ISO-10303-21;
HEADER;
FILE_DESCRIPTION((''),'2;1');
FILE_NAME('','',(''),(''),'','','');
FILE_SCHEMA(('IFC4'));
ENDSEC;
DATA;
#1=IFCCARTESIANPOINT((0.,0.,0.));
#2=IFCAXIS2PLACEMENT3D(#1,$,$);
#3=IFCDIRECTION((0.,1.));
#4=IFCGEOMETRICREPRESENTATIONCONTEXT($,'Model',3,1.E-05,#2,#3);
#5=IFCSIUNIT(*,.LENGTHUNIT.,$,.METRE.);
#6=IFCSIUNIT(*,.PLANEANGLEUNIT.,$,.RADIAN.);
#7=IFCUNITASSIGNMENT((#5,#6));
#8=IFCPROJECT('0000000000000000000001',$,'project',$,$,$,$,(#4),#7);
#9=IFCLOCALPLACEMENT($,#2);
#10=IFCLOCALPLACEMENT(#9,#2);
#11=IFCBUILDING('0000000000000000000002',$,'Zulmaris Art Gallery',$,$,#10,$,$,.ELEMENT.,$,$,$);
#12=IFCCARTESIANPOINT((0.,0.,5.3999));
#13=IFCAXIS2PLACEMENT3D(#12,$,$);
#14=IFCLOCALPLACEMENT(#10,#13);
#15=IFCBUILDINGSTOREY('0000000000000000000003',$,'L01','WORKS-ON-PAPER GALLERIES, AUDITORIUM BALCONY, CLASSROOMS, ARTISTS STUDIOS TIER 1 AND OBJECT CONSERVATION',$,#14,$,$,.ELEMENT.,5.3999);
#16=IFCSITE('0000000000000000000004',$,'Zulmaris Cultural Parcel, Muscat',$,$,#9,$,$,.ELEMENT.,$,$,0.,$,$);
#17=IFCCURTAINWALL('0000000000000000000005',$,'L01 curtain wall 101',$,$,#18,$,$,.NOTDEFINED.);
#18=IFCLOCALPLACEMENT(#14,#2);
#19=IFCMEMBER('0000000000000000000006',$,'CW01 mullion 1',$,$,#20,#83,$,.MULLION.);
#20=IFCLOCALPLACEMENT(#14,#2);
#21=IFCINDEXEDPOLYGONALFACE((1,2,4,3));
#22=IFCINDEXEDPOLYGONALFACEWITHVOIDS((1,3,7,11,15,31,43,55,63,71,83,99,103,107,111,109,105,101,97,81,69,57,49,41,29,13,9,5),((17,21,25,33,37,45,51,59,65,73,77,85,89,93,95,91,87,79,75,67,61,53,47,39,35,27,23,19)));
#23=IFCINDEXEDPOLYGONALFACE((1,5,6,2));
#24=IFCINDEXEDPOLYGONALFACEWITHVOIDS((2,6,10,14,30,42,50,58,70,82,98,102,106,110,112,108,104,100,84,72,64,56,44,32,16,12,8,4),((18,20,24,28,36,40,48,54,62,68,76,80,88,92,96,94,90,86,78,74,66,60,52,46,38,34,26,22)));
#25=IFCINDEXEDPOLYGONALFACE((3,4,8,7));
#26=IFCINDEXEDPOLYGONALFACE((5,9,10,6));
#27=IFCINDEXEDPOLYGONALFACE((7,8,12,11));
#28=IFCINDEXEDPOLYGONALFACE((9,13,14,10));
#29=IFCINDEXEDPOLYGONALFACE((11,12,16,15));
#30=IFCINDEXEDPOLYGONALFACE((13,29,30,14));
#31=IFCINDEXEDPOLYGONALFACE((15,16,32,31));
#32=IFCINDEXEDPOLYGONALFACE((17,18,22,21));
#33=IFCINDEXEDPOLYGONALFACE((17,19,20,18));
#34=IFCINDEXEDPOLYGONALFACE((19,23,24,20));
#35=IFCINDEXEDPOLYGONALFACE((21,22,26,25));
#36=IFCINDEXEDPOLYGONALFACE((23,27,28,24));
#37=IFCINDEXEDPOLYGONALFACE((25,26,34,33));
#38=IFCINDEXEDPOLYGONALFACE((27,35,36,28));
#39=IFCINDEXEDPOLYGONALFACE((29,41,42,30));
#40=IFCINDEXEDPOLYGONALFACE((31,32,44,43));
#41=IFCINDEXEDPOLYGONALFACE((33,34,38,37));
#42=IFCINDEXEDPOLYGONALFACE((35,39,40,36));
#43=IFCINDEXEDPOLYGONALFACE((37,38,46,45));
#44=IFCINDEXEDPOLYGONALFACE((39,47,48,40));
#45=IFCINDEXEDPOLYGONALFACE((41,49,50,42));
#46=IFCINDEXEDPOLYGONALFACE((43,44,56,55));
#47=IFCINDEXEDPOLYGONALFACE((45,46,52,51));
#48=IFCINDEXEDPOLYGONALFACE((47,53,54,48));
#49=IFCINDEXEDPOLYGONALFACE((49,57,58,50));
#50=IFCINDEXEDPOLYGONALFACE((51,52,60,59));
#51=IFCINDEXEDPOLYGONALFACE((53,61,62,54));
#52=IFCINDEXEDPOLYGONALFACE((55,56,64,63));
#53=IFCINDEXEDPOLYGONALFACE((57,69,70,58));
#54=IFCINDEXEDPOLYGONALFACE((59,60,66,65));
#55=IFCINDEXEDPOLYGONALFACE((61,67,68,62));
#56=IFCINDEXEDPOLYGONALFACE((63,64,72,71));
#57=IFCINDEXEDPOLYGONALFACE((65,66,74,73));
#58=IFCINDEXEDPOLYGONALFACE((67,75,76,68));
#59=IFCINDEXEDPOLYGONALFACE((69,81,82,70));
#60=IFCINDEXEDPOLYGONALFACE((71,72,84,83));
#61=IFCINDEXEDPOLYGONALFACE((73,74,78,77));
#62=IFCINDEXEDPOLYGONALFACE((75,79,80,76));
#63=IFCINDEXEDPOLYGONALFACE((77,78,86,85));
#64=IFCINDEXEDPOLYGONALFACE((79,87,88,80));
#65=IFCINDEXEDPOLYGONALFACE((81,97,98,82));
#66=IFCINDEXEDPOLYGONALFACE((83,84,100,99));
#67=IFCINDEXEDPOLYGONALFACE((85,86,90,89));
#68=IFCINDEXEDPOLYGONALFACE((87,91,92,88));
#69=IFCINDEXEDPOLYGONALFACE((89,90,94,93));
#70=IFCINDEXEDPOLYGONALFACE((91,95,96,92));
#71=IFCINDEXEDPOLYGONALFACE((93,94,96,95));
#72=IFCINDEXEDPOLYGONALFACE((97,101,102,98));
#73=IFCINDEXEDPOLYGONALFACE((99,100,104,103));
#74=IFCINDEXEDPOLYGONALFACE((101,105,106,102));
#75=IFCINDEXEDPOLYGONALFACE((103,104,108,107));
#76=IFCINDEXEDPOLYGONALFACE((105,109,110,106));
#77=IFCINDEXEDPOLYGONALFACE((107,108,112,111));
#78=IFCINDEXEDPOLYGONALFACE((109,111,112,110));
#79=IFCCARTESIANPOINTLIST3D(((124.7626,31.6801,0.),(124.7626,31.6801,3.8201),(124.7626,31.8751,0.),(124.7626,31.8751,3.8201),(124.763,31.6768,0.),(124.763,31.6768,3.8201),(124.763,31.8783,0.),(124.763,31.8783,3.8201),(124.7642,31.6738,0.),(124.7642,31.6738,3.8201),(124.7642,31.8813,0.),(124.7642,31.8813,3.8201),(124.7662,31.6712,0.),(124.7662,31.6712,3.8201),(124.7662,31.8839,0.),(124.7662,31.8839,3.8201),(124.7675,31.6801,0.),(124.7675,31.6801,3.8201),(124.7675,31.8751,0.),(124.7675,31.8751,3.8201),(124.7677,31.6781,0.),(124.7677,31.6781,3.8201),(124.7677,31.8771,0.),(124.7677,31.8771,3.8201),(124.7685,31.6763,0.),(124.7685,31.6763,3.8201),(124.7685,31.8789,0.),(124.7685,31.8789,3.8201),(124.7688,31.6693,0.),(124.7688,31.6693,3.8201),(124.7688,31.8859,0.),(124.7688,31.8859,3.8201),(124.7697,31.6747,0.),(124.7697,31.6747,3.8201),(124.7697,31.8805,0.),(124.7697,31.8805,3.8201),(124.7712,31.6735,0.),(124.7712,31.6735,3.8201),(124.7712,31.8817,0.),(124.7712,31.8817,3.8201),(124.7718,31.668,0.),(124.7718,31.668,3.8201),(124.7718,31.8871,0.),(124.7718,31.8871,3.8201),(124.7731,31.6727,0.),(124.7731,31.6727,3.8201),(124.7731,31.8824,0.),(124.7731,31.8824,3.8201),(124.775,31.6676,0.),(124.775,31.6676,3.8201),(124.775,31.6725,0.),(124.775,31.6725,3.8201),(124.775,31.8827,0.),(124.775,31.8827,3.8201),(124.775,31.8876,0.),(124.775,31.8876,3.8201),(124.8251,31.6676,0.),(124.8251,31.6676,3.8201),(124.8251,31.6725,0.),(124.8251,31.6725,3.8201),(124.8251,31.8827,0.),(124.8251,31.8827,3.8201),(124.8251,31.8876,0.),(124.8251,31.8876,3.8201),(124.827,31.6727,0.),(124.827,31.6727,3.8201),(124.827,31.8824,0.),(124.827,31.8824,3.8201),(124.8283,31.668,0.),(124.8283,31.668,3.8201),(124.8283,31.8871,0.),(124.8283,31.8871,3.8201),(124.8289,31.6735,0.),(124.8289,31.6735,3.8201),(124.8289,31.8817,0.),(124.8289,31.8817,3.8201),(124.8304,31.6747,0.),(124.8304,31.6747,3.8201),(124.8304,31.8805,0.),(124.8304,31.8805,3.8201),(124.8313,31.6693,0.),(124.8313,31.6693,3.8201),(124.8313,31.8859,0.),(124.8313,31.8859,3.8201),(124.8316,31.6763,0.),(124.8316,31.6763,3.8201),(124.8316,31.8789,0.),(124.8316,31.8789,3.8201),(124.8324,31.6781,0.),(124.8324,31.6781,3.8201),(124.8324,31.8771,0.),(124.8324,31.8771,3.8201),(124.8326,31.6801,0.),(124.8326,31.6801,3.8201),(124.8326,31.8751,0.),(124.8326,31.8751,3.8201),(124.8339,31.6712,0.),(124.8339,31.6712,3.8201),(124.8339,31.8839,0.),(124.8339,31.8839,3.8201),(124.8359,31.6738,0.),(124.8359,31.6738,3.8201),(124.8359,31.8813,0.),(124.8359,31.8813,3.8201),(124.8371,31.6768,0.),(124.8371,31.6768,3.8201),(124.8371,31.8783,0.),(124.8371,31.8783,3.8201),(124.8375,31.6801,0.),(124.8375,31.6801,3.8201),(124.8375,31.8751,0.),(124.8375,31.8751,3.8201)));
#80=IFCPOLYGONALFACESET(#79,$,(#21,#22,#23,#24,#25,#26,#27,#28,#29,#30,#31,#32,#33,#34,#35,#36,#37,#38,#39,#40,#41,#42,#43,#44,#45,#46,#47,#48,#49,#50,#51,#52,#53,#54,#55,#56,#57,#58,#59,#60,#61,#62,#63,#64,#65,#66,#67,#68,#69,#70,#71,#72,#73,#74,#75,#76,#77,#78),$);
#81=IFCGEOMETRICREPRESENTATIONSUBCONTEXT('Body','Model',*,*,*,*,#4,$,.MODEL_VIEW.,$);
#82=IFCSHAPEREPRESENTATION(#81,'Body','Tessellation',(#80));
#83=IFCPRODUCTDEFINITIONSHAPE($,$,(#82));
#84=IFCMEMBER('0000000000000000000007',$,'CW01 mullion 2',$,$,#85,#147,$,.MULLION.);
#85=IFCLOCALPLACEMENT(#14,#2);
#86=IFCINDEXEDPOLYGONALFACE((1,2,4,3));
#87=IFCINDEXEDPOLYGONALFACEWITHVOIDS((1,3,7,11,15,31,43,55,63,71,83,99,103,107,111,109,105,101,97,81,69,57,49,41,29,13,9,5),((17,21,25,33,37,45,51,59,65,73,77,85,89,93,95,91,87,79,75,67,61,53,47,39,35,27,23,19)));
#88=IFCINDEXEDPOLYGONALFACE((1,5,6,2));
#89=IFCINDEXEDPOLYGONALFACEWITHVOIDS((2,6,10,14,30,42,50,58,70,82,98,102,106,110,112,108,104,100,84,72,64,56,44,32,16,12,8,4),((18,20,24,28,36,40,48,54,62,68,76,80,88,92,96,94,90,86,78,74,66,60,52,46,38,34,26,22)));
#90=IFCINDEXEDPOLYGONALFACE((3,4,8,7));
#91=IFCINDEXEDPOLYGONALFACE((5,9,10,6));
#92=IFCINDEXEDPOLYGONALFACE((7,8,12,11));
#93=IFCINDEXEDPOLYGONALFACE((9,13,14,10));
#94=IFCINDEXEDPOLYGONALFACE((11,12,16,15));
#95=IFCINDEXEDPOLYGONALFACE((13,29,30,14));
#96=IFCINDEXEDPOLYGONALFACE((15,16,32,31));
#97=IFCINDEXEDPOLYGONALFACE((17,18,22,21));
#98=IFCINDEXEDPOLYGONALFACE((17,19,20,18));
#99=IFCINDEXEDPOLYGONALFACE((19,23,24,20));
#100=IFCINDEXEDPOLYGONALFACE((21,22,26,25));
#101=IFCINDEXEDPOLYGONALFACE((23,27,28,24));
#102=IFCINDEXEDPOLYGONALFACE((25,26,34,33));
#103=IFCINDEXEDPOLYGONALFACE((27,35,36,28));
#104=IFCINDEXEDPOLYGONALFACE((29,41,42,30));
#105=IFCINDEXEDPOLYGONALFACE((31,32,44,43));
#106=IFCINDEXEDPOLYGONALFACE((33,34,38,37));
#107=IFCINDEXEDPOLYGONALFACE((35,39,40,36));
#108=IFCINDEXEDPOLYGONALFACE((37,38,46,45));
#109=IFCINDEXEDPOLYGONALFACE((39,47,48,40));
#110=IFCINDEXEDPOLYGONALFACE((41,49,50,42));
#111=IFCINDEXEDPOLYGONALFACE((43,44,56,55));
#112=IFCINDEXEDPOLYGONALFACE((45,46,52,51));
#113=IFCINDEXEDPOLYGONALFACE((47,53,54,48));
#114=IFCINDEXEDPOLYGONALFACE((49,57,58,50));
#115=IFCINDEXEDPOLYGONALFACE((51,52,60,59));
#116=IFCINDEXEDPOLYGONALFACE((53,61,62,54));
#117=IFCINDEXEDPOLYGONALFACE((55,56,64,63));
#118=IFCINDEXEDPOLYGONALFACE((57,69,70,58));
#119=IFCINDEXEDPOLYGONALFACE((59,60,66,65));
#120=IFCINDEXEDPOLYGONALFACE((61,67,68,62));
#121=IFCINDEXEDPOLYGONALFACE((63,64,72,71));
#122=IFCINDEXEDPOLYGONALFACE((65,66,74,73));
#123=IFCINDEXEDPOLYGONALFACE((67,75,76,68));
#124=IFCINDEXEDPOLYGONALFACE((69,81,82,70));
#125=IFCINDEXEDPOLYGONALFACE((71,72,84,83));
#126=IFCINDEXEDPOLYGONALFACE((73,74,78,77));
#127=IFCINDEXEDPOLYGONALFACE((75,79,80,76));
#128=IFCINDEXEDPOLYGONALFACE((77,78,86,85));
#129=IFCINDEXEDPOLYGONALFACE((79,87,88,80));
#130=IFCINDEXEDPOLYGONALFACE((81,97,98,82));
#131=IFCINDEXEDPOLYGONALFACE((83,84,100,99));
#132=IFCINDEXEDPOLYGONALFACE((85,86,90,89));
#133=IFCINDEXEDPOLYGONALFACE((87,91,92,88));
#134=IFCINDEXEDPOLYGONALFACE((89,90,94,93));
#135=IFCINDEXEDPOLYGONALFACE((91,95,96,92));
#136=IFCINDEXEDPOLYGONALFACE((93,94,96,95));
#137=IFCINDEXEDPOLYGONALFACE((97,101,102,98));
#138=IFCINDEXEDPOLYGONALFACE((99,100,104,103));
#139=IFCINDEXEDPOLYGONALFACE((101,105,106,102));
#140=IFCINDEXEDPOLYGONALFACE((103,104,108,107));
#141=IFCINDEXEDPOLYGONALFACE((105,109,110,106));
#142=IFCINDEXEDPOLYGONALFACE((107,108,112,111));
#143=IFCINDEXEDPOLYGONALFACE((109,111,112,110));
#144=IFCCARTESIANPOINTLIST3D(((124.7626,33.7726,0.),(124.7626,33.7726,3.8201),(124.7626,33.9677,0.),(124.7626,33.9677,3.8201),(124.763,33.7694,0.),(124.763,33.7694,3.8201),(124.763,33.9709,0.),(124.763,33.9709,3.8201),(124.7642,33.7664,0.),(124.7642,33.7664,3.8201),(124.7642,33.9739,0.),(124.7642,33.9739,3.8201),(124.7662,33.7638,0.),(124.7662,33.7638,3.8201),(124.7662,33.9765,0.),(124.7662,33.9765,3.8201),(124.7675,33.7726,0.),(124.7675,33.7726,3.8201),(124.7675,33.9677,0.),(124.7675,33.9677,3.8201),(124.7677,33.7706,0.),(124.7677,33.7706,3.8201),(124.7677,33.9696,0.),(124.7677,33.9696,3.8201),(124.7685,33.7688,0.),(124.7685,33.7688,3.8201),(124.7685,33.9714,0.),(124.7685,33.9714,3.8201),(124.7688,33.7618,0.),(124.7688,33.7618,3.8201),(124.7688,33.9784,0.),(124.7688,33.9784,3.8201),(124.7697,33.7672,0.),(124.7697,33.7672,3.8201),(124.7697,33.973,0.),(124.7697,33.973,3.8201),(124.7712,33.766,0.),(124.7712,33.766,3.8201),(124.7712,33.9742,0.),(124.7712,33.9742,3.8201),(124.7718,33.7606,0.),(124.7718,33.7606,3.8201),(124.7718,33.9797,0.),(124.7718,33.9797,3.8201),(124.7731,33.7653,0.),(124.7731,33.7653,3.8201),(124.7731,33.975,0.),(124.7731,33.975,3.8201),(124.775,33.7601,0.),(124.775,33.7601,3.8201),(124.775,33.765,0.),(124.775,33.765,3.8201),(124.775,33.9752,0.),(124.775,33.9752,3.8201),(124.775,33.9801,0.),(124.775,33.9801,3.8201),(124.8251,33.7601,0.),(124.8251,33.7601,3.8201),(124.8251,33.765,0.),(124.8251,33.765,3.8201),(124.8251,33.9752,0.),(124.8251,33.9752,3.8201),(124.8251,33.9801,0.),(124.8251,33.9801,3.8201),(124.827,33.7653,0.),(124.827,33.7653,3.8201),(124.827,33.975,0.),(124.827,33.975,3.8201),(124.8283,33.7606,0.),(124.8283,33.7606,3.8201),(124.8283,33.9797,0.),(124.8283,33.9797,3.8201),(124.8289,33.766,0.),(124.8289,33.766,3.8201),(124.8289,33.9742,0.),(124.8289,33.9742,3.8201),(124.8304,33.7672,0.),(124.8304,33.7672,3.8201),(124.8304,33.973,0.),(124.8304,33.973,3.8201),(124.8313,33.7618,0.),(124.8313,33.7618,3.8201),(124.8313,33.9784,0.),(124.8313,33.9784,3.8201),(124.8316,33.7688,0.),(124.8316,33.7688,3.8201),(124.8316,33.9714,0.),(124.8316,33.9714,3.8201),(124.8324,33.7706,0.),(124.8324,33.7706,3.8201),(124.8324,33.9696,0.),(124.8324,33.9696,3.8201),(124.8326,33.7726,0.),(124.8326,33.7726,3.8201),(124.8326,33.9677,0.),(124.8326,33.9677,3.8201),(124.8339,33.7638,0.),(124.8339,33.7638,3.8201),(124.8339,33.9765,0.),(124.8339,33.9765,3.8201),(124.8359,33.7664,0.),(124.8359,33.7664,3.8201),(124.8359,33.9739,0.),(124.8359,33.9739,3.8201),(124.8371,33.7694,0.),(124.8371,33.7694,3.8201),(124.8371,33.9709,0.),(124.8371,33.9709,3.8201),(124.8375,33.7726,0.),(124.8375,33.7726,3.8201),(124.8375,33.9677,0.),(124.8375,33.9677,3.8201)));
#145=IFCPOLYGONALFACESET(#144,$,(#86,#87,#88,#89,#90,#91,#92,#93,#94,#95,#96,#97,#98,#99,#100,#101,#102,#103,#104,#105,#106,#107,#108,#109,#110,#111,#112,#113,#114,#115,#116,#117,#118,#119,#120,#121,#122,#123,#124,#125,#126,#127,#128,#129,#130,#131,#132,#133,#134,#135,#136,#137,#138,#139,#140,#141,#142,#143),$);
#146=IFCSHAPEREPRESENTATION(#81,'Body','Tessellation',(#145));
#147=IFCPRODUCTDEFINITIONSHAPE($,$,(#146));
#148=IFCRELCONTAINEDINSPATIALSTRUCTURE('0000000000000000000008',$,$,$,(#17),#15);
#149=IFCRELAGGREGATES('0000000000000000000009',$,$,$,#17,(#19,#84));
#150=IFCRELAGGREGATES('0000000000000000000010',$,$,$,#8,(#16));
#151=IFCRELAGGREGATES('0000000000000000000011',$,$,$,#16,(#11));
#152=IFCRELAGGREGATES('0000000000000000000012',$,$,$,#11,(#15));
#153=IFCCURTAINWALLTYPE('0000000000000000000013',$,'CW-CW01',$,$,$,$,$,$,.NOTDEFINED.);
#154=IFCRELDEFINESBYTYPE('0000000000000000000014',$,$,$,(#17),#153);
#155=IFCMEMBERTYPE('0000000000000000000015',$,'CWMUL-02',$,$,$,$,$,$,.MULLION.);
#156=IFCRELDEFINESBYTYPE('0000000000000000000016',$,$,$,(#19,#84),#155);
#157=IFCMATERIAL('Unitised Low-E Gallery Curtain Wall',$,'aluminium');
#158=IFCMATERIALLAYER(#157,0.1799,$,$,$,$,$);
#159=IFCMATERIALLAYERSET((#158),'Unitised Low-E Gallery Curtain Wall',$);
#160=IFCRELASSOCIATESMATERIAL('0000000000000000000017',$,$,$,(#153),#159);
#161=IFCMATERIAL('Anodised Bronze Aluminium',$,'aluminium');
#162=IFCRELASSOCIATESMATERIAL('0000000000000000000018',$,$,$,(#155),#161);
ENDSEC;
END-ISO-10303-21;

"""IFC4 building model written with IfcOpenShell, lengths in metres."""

from ifc_helpers import new_model, si_unit, direction, frame, origin, origin_2d, place, context, subcontext, project, spatial, hollow_rectangle, extrude, material, layer, layer_set, material_profile, profile_set, type_object, element, aggregate, save


model = new_model("IFC4")

# Units and contexts
model_context = context("Model", 3, precision=1e-05, world=origin(), true_north=direction((0.0, 1.0)))
body_context = subcontext(model_context, "Body", "Model", "MODEL_VIEW")
ifc_project = project(units=[si_unit("LENGTHUNIT", "METRE"), si_unit("PLANEANGLEUNIT", "RADIAN")], contexts=[model_context])

# Site, building, storey
site_placement = place(None, origin())
site = spatial("IfcSite", under=ifc_project, at=site_placement, Name="Zulmaris Cultural Parcel, Muscat", CompositionType="ELEMENT", RefElevation=0.0)
building_placement = place(site_placement, origin())
building = spatial("IfcBuilding", under=site, at=building_placement, Name="Zulmaris Art Gallery", CompositionType="ELEMENT")
storey_placement = place(building_placement, frame((0.0, 0.0, 5.3999)))
storey = spatial("IfcBuildingStorey", under=building, at=storey_placement, Name="L01", Description="WORKS-ON-PAPER GALLERIES, AUDITORIUM BALCONY, CLASSROOMS, ARTISTS STUDIOS TIER 1 AND OBJECT CONSERVATION", CompositionType="ELEMENT", Elevation=5.3999)

# Curtain wall, members
ifc_material_1 = material(Name="Unitised Low-E Gallery Curtain Wall", Category="aluminium")
ifc_layer_1 = layer(ifc_material_1, 0.1799)
ifc_layer_set_1 = layer_set([ifc_layer_1], Name="Unitised Low-E Gallery Curtain Wall")
curtain_wall_type = type_object("IfcCurtainWallType", Name="CW-CW01", PredefinedType="NOTDEFINED", material=ifc_layer_set_1)
curtain_wall_placement = place(storey_placement, origin())
curtain_wall = element("IfcCurtainWall", 1, at=curtain_wall_placement, inside=storey, type_object=curtain_wall_type, Name="L01 curtain wall 101", PredefinedType="NOTDEFINED")
ifc_material_2 = material(Name="Anodised Bronze Aluminium", Category="aluminium")
ifc_material_profile_1 = material_profile(ifc_material_2, hollow_rectangle(XDim=0.075, YDim=0.22, WallThickness=0.0049, InnerFilletRadius=0.0076, OuterFilletRadius=0.0125, at=origin_2d()), Name="ALU 75x220x5")
ifc_profile_set_1 = profile_set([ifc_material_profile_1], Name="Anodised Bronze Aluminium")
member_type_1 = type_object("IfcMemberType", Name="CWMUL-02", PredefinedType="MULLION", material=ifc_profile_set_1)
member_1_placement = place(storey_placement, frame((124.8, 31.7776, 0.0), z_axis=(0.0, 0.0, 1.0), x_axis=(-1.0, 0.0, 0.0)))
member_1 = element("IfcMember", 2, at=member_1_placement, type_object=member_type_1, Name="CW01 mullion 1", PredefinedType="MULLION", context=body_context, shape_type="SweptSolid", body=[
    extrude(hollow_rectangle(XDim=0.075, YDim=0.22, WallThickness=0.0049, InnerFilletRadius=0.0076, OuterFilletRadius=0.0125, at=origin_2d()), origin(), (0.0, 0.0, 1.0), 3.8201),
])
member_2_placement = place(storey_placement, frame((124.8, 33.8701, 0.0), z_axis=(0.0, 0.0, 1.0), x_axis=(-1.0, 0.0, 0.0)))
member_2 = element("IfcMember", 3, at=member_2_placement, type_object=member_type_1, Name="CW01 mullion 2", PredefinedType="MULLION", context=body_context, shape_type="SweptSolid", body=[
    extrude(hollow_rectangle(XDim=0.075, YDim=0.22, WallThickness=0.0049, InnerFilletRadius=0.0076, OuterFilletRadius=0.0125, at=origin_2d()), origin(), (0.0, 0.0, 1.0), 3.8201),
])
aggregate(curtain_wall, [member_1, member_2])

save(model, "model.ifc")
